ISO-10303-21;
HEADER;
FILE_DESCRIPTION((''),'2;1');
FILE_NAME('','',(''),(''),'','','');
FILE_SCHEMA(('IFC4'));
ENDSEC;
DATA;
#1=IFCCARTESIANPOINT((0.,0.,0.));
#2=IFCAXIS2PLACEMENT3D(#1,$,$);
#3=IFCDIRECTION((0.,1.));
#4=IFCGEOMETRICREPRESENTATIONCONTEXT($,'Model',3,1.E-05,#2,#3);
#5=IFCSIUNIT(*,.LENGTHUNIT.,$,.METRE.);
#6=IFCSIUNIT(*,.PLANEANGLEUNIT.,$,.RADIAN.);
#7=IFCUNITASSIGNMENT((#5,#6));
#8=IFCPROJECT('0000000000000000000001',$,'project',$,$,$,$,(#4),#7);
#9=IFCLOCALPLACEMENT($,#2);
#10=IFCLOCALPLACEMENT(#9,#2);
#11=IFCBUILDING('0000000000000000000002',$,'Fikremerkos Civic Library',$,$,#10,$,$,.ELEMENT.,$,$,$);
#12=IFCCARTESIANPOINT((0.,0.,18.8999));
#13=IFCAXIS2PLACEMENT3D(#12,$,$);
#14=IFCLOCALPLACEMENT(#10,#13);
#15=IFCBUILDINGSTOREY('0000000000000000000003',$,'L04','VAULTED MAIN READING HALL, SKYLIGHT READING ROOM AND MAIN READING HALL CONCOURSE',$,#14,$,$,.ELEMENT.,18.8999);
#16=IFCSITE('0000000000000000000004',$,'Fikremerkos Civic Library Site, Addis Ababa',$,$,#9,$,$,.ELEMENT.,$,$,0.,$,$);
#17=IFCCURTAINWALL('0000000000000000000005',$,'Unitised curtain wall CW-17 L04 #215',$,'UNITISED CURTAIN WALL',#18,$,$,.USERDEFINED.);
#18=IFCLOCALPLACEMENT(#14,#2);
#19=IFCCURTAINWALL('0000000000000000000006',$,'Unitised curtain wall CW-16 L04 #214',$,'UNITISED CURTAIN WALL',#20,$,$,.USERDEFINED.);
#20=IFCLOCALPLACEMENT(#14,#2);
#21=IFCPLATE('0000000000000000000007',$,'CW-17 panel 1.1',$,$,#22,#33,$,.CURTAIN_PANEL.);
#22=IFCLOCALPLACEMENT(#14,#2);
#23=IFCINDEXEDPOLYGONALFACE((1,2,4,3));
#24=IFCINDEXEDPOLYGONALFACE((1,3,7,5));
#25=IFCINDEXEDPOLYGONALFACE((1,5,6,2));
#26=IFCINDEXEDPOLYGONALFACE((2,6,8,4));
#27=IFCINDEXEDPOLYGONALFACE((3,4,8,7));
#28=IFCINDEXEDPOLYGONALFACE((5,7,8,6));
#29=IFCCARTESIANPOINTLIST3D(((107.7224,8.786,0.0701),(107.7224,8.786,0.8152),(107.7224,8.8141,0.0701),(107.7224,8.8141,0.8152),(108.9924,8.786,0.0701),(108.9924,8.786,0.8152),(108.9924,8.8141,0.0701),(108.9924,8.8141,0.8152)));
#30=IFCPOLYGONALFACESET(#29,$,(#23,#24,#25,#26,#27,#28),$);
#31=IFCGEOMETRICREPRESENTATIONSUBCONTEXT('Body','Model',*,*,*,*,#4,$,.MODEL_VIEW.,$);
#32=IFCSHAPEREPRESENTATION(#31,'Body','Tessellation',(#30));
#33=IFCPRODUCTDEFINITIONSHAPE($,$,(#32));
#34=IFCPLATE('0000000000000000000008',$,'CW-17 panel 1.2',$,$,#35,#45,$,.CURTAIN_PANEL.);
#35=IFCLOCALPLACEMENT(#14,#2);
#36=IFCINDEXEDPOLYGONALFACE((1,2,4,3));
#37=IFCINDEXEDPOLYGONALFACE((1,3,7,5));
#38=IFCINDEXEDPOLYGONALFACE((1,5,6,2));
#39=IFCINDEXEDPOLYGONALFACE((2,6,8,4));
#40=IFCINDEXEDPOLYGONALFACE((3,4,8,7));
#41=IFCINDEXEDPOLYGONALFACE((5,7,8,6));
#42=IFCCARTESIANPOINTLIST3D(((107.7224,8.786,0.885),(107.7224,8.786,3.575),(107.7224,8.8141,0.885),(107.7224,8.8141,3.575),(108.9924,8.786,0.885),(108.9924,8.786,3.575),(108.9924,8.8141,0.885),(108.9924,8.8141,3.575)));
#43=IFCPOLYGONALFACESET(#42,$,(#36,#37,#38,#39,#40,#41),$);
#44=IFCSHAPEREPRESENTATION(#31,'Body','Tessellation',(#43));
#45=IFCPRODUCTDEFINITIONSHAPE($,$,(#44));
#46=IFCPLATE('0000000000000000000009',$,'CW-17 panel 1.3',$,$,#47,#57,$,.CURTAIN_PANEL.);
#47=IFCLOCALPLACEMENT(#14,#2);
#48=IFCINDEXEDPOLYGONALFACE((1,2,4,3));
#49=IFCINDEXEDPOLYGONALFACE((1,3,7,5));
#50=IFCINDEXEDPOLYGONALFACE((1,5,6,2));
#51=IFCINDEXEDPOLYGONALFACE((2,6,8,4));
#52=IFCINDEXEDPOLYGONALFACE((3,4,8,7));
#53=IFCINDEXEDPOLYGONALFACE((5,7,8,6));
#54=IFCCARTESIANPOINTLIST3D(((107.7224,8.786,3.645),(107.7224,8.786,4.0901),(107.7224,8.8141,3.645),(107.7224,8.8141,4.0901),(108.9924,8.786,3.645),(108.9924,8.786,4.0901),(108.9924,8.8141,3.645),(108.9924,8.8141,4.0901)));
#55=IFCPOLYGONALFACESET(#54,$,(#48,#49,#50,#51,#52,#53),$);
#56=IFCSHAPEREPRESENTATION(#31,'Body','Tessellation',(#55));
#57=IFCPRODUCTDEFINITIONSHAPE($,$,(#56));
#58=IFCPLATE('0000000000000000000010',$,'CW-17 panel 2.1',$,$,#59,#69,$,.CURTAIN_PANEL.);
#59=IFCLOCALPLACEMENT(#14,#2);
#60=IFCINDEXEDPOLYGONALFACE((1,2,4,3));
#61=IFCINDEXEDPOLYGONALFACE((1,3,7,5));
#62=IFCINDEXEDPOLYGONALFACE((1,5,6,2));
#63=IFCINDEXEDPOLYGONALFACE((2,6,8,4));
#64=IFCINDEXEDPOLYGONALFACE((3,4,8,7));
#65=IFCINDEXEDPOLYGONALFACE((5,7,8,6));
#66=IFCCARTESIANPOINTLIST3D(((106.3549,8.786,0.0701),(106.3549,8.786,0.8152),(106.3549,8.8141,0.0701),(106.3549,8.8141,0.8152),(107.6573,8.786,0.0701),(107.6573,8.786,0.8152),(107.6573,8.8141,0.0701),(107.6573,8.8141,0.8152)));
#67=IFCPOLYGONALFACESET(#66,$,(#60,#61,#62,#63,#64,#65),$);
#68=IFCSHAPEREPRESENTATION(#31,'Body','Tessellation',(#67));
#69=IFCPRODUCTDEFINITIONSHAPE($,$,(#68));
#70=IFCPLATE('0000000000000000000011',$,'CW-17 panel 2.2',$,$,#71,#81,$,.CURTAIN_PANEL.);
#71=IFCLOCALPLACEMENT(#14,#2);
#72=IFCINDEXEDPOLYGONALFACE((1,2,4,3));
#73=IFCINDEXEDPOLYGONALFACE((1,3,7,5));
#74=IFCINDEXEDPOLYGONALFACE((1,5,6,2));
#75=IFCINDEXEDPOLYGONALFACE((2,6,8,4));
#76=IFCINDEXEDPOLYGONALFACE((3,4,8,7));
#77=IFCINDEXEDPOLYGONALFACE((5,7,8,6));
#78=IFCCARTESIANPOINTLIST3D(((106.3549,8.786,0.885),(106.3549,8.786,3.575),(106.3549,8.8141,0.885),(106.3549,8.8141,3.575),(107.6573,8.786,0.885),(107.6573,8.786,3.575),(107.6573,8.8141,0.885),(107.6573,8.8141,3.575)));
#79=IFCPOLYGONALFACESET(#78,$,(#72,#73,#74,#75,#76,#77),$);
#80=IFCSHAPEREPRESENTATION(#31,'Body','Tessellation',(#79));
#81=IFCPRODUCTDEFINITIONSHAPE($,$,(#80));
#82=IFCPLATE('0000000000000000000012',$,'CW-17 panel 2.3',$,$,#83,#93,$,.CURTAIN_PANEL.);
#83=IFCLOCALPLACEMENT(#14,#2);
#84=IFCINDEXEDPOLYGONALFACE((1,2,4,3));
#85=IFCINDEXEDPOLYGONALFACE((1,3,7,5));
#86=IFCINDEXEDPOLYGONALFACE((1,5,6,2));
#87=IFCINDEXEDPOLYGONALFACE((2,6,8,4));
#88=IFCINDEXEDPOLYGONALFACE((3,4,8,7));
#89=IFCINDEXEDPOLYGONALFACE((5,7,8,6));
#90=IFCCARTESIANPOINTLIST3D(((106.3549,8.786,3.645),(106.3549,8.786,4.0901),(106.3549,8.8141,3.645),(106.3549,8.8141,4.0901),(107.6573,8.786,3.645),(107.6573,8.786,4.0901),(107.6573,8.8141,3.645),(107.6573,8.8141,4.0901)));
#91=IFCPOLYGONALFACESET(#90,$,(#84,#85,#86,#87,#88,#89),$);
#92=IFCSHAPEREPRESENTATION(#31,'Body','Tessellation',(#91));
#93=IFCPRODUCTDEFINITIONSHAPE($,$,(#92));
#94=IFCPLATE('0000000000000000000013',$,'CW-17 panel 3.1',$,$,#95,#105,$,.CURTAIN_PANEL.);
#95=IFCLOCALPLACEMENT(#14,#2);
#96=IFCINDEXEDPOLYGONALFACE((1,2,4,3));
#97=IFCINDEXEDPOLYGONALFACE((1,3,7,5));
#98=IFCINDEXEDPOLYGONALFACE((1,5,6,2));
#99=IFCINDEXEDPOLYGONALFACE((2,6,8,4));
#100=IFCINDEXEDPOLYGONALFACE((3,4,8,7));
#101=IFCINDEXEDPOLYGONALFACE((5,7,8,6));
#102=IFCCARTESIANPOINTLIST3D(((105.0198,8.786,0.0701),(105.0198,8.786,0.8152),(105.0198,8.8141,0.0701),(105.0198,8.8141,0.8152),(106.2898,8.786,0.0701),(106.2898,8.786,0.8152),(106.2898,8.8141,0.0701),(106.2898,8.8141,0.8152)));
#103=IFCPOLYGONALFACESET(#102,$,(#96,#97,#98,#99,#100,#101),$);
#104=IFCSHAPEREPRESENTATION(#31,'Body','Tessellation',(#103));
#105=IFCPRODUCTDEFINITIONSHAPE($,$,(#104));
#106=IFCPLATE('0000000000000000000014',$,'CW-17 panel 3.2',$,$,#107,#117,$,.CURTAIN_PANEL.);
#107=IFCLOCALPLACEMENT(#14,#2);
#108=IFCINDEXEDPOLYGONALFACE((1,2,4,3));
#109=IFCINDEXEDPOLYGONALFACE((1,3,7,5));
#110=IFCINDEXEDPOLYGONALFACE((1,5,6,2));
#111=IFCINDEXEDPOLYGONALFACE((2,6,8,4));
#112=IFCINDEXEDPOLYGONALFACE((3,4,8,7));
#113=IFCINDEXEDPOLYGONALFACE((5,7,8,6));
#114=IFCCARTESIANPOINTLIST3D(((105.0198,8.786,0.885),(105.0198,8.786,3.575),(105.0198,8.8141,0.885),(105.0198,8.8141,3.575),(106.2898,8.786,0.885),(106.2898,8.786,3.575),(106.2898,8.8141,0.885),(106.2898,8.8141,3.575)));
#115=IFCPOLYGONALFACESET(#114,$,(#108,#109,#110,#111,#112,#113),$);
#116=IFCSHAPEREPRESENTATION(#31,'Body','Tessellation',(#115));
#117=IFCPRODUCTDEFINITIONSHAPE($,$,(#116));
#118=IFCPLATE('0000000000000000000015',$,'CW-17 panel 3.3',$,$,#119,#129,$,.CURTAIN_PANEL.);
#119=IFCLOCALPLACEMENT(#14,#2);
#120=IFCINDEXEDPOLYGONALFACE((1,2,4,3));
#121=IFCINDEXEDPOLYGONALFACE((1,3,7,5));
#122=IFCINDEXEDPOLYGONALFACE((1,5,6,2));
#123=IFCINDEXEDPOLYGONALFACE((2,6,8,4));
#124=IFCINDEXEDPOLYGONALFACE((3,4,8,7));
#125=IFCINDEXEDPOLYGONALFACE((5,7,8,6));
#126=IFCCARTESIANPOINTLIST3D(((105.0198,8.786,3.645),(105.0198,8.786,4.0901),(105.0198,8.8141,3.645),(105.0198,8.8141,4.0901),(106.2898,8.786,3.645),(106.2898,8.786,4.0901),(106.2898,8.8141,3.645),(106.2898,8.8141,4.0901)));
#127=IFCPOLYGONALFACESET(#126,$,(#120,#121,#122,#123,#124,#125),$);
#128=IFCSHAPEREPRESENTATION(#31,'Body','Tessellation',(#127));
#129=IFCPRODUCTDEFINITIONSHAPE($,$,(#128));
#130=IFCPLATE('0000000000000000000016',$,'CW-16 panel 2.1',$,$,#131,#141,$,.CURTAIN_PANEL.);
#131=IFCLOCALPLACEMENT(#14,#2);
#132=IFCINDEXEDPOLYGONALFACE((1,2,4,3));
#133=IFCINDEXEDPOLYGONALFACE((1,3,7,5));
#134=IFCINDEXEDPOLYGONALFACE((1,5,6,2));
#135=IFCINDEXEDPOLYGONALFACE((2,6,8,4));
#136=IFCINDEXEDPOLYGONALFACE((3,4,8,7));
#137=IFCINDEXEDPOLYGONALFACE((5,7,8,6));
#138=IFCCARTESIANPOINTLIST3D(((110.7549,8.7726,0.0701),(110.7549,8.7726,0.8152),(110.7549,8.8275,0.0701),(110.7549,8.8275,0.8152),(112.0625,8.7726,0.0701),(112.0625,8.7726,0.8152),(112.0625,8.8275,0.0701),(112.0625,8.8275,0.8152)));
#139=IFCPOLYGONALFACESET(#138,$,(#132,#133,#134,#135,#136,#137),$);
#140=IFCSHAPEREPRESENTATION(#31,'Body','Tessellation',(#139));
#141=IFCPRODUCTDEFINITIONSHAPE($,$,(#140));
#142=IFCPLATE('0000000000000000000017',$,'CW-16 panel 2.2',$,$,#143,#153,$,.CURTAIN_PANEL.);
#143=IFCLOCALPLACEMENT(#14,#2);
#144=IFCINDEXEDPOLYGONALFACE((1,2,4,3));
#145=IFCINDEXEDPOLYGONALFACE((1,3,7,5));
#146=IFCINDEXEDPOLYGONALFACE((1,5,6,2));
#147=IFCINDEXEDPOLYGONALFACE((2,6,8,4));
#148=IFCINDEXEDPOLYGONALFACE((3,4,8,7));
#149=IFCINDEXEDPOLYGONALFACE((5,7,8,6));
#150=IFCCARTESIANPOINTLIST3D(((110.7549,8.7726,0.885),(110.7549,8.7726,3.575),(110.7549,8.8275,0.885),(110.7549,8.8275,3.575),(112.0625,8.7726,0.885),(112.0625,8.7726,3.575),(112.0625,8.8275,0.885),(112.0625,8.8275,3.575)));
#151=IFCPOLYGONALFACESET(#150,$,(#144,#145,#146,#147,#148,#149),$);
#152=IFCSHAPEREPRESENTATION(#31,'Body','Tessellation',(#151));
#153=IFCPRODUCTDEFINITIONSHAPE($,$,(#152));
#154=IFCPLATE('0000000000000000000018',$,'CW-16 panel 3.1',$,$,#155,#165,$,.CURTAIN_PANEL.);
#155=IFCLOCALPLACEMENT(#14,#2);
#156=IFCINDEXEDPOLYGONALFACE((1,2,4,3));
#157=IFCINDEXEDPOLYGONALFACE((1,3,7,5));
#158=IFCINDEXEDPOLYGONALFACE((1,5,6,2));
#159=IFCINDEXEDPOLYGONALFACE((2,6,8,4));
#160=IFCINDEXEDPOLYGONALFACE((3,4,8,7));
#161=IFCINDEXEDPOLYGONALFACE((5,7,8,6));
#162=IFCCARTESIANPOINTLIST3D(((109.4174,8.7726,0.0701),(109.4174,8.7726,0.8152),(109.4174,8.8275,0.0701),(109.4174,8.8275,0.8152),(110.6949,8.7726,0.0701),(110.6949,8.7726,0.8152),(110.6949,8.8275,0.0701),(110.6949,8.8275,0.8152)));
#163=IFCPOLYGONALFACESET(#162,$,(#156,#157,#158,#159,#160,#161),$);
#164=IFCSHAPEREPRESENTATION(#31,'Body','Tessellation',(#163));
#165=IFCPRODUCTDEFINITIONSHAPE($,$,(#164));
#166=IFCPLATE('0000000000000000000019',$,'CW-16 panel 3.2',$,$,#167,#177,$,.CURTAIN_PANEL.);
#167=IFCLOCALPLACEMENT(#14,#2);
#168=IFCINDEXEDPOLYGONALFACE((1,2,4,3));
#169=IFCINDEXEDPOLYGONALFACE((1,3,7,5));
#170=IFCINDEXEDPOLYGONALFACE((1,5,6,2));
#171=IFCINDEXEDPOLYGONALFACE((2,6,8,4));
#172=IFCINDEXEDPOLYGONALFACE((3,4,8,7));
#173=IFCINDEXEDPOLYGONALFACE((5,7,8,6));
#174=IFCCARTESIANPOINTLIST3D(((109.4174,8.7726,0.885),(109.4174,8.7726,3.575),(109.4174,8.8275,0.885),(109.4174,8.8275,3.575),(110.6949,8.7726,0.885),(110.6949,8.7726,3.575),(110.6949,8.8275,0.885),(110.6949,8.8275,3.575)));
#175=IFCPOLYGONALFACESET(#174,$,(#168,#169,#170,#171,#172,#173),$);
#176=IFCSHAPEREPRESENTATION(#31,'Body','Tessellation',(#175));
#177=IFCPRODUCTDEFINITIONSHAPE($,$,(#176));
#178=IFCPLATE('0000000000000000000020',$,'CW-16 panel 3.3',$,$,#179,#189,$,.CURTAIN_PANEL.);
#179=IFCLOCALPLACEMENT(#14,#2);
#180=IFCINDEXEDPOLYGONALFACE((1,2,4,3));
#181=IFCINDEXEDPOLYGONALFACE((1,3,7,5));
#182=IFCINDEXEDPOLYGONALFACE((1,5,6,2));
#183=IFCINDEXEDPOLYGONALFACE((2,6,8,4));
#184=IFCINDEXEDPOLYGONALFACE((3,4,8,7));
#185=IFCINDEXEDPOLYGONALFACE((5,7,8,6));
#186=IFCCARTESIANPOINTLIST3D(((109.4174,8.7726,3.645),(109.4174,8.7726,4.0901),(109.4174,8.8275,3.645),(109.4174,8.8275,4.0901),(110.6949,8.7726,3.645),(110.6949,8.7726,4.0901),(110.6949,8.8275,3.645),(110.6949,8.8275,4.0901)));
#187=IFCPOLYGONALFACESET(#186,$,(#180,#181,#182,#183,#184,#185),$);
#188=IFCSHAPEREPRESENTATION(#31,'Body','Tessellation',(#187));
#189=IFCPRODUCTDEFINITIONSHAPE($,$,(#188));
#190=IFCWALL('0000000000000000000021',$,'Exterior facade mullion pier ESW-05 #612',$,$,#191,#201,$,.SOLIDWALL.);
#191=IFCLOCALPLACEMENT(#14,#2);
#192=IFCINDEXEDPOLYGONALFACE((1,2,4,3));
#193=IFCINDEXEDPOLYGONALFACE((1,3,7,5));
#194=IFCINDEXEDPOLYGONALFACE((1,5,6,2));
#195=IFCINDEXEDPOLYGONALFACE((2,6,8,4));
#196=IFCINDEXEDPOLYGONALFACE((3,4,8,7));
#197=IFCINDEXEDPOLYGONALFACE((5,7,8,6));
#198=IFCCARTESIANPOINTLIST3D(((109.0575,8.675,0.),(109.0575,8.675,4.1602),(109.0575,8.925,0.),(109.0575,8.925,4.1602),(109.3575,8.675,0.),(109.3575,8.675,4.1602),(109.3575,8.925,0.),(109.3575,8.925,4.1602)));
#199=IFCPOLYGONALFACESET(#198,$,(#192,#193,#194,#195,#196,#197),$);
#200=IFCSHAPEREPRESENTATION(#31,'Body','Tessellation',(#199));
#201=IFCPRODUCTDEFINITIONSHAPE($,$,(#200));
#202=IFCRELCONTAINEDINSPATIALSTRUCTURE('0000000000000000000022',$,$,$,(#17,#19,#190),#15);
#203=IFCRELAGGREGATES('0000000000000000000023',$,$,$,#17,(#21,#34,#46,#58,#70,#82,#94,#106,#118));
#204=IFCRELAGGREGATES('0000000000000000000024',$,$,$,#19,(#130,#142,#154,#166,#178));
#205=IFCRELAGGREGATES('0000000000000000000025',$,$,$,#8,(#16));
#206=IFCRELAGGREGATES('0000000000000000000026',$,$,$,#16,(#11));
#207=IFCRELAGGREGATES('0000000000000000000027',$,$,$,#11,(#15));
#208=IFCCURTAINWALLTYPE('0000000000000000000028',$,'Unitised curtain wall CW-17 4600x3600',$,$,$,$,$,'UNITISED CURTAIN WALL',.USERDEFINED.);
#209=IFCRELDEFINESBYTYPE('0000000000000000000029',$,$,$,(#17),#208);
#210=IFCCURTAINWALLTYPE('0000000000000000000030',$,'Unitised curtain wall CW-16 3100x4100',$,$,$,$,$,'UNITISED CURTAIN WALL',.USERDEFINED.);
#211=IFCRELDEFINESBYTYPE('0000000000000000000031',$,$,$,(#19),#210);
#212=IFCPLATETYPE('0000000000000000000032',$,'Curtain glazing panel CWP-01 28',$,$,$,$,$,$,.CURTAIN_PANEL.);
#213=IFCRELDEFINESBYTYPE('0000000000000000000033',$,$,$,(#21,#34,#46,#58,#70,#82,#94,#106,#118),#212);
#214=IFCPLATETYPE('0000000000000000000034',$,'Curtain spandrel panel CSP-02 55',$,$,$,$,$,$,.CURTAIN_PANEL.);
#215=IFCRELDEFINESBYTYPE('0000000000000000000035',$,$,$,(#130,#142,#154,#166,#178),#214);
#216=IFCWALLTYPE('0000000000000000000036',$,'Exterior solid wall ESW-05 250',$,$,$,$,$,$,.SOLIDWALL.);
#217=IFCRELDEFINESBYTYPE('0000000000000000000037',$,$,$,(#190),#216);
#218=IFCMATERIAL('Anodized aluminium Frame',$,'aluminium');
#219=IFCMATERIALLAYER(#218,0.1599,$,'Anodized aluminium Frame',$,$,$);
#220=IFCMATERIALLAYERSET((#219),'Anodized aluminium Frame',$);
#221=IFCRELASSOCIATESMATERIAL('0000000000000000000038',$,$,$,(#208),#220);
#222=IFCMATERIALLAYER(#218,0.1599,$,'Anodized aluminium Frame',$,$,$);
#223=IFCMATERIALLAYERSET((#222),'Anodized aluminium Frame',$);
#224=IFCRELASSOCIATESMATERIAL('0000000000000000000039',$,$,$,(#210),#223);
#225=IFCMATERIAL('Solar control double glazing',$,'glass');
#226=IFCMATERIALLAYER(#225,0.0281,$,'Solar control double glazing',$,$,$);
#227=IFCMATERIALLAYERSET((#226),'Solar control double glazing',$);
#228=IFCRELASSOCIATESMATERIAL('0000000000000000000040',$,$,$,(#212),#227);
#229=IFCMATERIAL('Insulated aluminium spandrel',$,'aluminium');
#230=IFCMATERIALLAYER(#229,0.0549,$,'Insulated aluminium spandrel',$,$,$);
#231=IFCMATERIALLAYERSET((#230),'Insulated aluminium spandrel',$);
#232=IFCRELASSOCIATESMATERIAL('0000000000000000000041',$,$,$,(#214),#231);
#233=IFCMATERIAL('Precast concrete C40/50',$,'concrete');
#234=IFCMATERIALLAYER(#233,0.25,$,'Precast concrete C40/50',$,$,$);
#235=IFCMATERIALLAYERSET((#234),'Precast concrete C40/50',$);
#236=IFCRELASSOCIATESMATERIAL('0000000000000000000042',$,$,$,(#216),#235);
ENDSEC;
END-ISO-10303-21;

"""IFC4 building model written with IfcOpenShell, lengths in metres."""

from ifc_helpers import new_model, si_unit, direction, frame, frame_2d, origin, origin_2d, place, context, subcontext, project, spatial, rectangle, extrude, material, layer, layer_set, type_object, element, aggregate, save


model = new_model("IFC4")

# Units and contexts
model_context = context("Model", 3, precision=1e-05, world=origin(), true_north=direction((0.0, 1.0)))
body_context = subcontext(model_context, "Body", "Model", "MODEL_VIEW")
ifc_project = project(units=[si_unit("LENGTHUNIT", "METRE"), si_unit("PLANEANGLEUNIT", "RADIAN")], contexts=[model_context])

# Site, building, storey
site_placement = place(None, origin())
site = spatial("IfcSite", under=ifc_project, at=site_placement, Name="Fikremerkos Civic Library Site, Addis Ababa", CompositionType="ELEMENT", RefElevation=0.0)
building_placement = place(site_placement, origin())
building = spatial("IfcBuilding", under=site, at=building_placement, Name="Fikremerkos Civic Library", CompositionType="ELEMENT")
storey_placement = place(building_placement, frame((0.0, 0.0, 18.8999)))
storey = spatial("IfcBuildingStorey", under=building, at=storey_placement, Name="L04", Description="VAULTED MAIN READING HALL, SKYLIGHT READING ROOM AND MAIN READING HALL CONCOURSE", CompositionType="ELEMENT", Elevation=18.8999)

# Curtain walls
ifc_material_1 = material(Name="Anodized aluminium Frame", Category="aluminium")
ifc_layer_1 = layer(ifc_material_1, 0.1599, Name="Anodized aluminium Frame")
ifc_layer_set_1 = layer_set([ifc_layer_1], Name="Anodized aluminium Frame")
curtain_wall_type_1 = type_object("IfcCurtainWallType", Name="Unitised curtain wall CW-17 4600x3600", ElementType="UNITISED CURTAIN WALL", PredefinedType="USERDEFINED", material=ifc_layer_set_1)
curtain_wall_1_placement = place(storey_placement, origin())
curtain_wall_1 = element("IfcCurtainWall", 1, at=curtain_wall_1_placement, inside=storey, type_object=curtain_wall_type_1, Name="Unitised curtain wall CW-17 L04 #215", ObjectType="UNITISED CURTAIN WALL", PredefinedType="USERDEFINED")
ifc_layer_2 = layer(ifc_material_1, 0.1599, Name="Anodized aluminium Frame")
ifc_layer_set_2 = layer_set([ifc_layer_2], Name="Anodized aluminium Frame")
curtain_wall_type_2 = type_object("IfcCurtainWallType", Name="Unitised curtain wall CW-16 3100x4100", ElementType="UNITISED CURTAIN WALL", PredefinedType="USERDEFINED", material=ifc_layer_set_2)
curtain_wall_2_placement = place(storey_placement, origin())
curtain_wall_2 = element("IfcCurtainWall", 2, at=curtain_wall_2_placement, inside=storey, type_object=curtain_wall_type_2, Name="Unitised curtain wall CW-16 L04 #214", ObjectType="UNITISED CURTAIN WALL", PredefinedType="USERDEFINED")

# Plates
ifc_material_2 = material(Name="Solar control double glazing", Category="glass")
ifc_layer_3 = layer(ifc_material_2, 0.0281, Name="Solar control double glazing")
ifc_layer_set_3 = layer_set([ifc_layer_3], Name="Solar control double glazing")
plate_type_1 = type_object("IfcPlateType", Name="Curtain glazing panel CWP-01 28", PredefinedType="CURTAIN_PANEL", material=ifc_layer_set_3)
plate_1_placement = place(storey_placement, frame((108.3574, 8.8, 0.0701), z_axis=(0.0, 0.0, 1.0), x_axis=(-1.0, 0.0, 0.0)))
plate_1 = element("IfcPlate", 3, at=plate_1_placement, type_object=plate_type_1, Name="CW-17 panel 1.1", PredefinedType="CURTAIN_PANEL", context=body_context, shape_type="SweptSolid", body=[
    extrude(rectangle(XDim=1.27, YDim=0.0281, at=origin_2d()), origin(), (0.0, 0.0, 1.0), 0.7451),
])
plate_2_placement = place(storey_placement, frame((108.3574, 8.8, 0.885), z_axis=(0.0, 0.0, 1.0), x_axis=(-1.0, 0.0, 0.0)))
plate_2 = element("IfcPlate", 4, at=plate_2_placement, type_object=plate_type_1, Name="CW-17 panel 1.2", PredefinedType="CURTAIN_PANEL", context=body_context, shape_type="SweptSolid", body=[
    extrude(rectangle(XDim=1.27, YDim=0.0281, at=origin_2d()), origin(), (0.0, 0.0, 1.0), 2.6899),
])
plate_3_placement = place(storey_placement, frame((108.3574, 8.8, 3.645), z_axis=(0.0, 0.0, 1.0), x_axis=(-1.0, 0.0, 0.0)))
plate_3 = element("IfcPlate", 5, at=plate_3_placement, type_object=plate_type_1, Name="CW-17 panel 1.3", PredefinedType="CURTAIN_PANEL", context=body_context, shape_type="SweptSolid", body=[
    extrude(rectangle(XDim=1.27, YDim=0.0281, at=origin_2d()), origin(), (0.0, 0.0, 1.0), 0.4451),
])
plate_4_placement = place(storey_placement, frame((107.0061, 8.8, 0.0701), z_axis=(0.0, 0.0, 1.0), x_axis=(-1.0, 0.0, 0.0)))
plate_4 = element("IfcPlate", 6, at=plate_4_placement, type_object=plate_type_1, Name="CW-17 panel 2.1", PredefinedType="CURTAIN_PANEL", context=body_context, shape_type="SweptSolid", body=[
    extrude(rectangle(XDim=1.3025, YDim=0.0281, at=origin_2d()), origin(), (0.0, 0.0, 1.0), 0.7451),
])
plate_5_placement = place(storey_placement, frame((107.0061, 8.8, 0.885), z_axis=(0.0, 0.0, 1.0), x_axis=(-1.0, 0.0, 0.0)))
plate_5 = element("IfcPlate", 7, at=plate_5_placement, type_object=plate_type_1, Name="CW-17 panel 2.2", PredefinedType="CURTAIN_PANEL", context=body_context, shape_type="SweptSolid", body=[
    extrude(rectangle(XDim=1.3025, YDim=0.0281, at=origin_2d()), origin(), (0.0, 0.0, 1.0), 2.6899),
])
plate_6_placement = place(storey_placement, frame((107.0061, 8.8, 3.645), z_axis=(0.0, 0.0, 1.0), x_axis=(-1.0, 0.0, 0.0)))
plate_6 = element("IfcPlate", 8, at=plate_6_placement, type_object=plate_type_1, Name="CW-17 panel 2.3", PredefinedType="CURTAIN_PANEL", context=body_context, shape_type="SweptSolid", body=[
    extrude(rectangle(XDim=1.3025, YDim=0.0281, at=origin_2d()), origin(), (0.0, 0.0, 1.0), 0.4451),
])
plate_7_placement = place(storey_placement, frame((105.6548, 8.8, 0.0701), z_axis=(0.0, 0.0, 1.0), x_axis=(-1.0, 0.0, 0.0)))
plate_7 = element("IfcPlate", 9, at=plate_7_placement, type_object=plate_type_1, Name="CW-17 panel 3.1", PredefinedType="CURTAIN_PANEL", context=body_context, shape_type="SweptSolid", body=[
    extrude(rectangle(XDim=1.27, YDim=0.0281, at=origin_2d()), origin(), (0.0, 0.0, 1.0), 0.7451),
])
plate_8_placement = place(storey_placement, frame((105.6548, 8.8, 0.885), z_axis=(0.0, 0.0, 1.0), x_axis=(-1.0, 0.0, 0.0)))
plate_8 = element("IfcPlate", 10, at=plate_8_placement, type_object=plate_type_1, Name="CW-17 panel 3.2", PredefinedType="CURTAIN_PANEL", context=body_context, shape_type="SweptSolid", body=[
    extrude(rectangle(XDim=1.27, YDim=0.0281, at=origin_2d()), origin(), (0.0, 0.0, 1.0), 2.6899),
])
plate_9_placement = place(storey_placement, frame((105.6548, 8.8, 3.645), z_axis=(0.0, 0.0, 1.0), x_axis=(-1.0, 0.0, 0.0)))
plate_9 = element("IfcPlate", 11, at=plate_9_placement, type_object=plate_type_1, Name="CW-17 panel 3.3", PredefinedType="CURTAIN_PANEL", context=body_context, shape_type="SweptSolid", body=[
    extrude(rectangle(XDim=1.27, YDim=0.0281, at=origin_2d()), origin(), (0.0, 0.0, 1.0), 0.4451),
])
aggregate(curtain_wall_1, [plate_1, plate_2, plate_3, plate_4, plate_5, plate_6, plate_7, plate_8, plate_9])
ifc_material_3 = material(Name="Insulated aluminium spandrel", Category="aluminium")
ifc_layer_4 = layer(ifc_material_3, 0.0549, Name="Insulated aluminium spandrel")
ifc_layer_set_4 = layer_set([ifc_layer_4], Name="Insulated aluminium spandrel")
plate_type_2 = type_object("IfcPlateType", Name="Curtain spandrel panel CSP-02 55", PredefinedType="CURTAIN_PANEL", material=ifc_layer_set_4)
plate_10_placement = place(storey_placement, frame((111.4087, 8.8, 0.0701), z_axis=(0.0, 0.0, 1.0), x_axis=(-1.0, 0.0, 0.0)))
plate_10 = element("IfcPlate", 12, at=plate_10_placement, type_object=plate_type_2, Name="CW-16 panel 2.1", PredefinedType="CURTAIN_PANEL", context=body_context, shape_type="SweptSolid", body=[
    extrude(rectangle(XDim=1.3076, YDim=0.0549, at=origin_2d()), origin(), (0.0, 0.0, 1.0), 0.7451),
])
plate_11_placement = place(storey_placement, frame((111.4087, 8.8, 0.885), z_axis=(0.0, 0.0, 1.0), x_axis=(-1.0, 0.0, 0.0)))
plate_11 = element("IfcPlate", 13, at=plate_11_placement, type_object=plate_type_2, Name="CW-16 panel 2.2", PredefinedType="CURTAIN_PANEL", context=body_context, shape_type="SweptSolid", body=[
    extrude(rectangle(XDim=1.3076, YDim=0.0549, at=origin_2d()), origin(), (0.0, 0.0, 1.0), 2.6899),
])
plate_12_placement = place(storey_placement, frame((110.0562, 8.8, 0.0701), z_axis=(0.0, 0.0, 1.0), x_axis=(-1.0, 0.0, 0.0)))
plate_12 = element("IfcPlate", 14, at=plate_12_placement, type_object=plate_type_2, Name="CW-16 panel 3.1", PredefinedType="CURTAIN_PANEL", context=body_context, shape_type="SweptSolid", body=[
    extrude(rectangle(XDim=1.2776, YDim=0.0549, at=origin_2d()), origin(), (0.0, 0.0, 1.0), 0.7451),
])
plate_13_placement = place(storey_placement, frame((110.0562, 8.8, 0.885), z_axis=(0.0, 0.0, 1.0), x_axis=(-1.0, 0.0, 0.0)))
plate_13 = element("IfcPlate", 15, at=plate_13_placement, type_object=plate_type_2, Name="CW-16 panel 3.2", PredefinedType="CURTAIN_PANEL", context=body_context, shape_type="SweptSolid", body=[
    extrude(rectangle(XDim=1.2776, YDim=0.0549, at=origin_2d()), origin(), (0.0, 0.0, 1.0), 2.6899),
])
plate_14_placement = place(storey_placement, frame((110.0562, 8.8, 3.645), z_axis=(0.0, 0.0, 1.0), x_axis=(-1.0, 0.0, 0.0)))
plate_14 = element("IfcPlate", 16, at=plate_14_placement, type_object=plate_type_2, Name="CW-16 panel 3.3", PredefinedType="CURTAIN_PANEL", context=body_context, shape_type="SweptSolid", body=[
    extrude(rectangle(XDim=1.2776, YDim=0.0549, at=origin_2d()), origin(), (0.0, 0.0, 1.0), 0.4451),
])
aggregate(curtain_wall_2, [plate_10, plate_11, plate_12, plate_13, plate_14])

# Wall
ifc_material_4 = material(Name="Precast concrete C40/50", Category="concrete")
ifc_layer_5 = layer(ifc_material_4, 0.25, Name="Precast concrete C40/50")
ifc_layer_set_5 = layer_set([ifc_layer_5], Name="Precast concrete C40/50")
wall_type = type_object("IfcWallType", Name="Exterior solid wall ESW-05 250", PredefinedType="SOLIDWALL", material=ifc_layer_set_5)
wall_1_placement = place(storey_placement, frame((109.3574, 8.8, 0.0), z_axis=(0.0, 0.0, 1.0), x_axis=(-1.0, 0.0, 0.0)))
element("IfcWall", 17, at=wall_1_placement, inside=storey, type_object=wall_type, Name="Exterior facade mullion pier ESW-05 #612", PredefinedType="SOLIDWALL", context=body_context, shape_type="SweptSolid", body=[
    extrude(rectangle(XDim=0.3, YDim=0.25, at=frame_2d((0.1499, 0.0))), origin(), (0.0, 0.0, 1.0), 4.1602),
])

save(model, "model.ifc")
